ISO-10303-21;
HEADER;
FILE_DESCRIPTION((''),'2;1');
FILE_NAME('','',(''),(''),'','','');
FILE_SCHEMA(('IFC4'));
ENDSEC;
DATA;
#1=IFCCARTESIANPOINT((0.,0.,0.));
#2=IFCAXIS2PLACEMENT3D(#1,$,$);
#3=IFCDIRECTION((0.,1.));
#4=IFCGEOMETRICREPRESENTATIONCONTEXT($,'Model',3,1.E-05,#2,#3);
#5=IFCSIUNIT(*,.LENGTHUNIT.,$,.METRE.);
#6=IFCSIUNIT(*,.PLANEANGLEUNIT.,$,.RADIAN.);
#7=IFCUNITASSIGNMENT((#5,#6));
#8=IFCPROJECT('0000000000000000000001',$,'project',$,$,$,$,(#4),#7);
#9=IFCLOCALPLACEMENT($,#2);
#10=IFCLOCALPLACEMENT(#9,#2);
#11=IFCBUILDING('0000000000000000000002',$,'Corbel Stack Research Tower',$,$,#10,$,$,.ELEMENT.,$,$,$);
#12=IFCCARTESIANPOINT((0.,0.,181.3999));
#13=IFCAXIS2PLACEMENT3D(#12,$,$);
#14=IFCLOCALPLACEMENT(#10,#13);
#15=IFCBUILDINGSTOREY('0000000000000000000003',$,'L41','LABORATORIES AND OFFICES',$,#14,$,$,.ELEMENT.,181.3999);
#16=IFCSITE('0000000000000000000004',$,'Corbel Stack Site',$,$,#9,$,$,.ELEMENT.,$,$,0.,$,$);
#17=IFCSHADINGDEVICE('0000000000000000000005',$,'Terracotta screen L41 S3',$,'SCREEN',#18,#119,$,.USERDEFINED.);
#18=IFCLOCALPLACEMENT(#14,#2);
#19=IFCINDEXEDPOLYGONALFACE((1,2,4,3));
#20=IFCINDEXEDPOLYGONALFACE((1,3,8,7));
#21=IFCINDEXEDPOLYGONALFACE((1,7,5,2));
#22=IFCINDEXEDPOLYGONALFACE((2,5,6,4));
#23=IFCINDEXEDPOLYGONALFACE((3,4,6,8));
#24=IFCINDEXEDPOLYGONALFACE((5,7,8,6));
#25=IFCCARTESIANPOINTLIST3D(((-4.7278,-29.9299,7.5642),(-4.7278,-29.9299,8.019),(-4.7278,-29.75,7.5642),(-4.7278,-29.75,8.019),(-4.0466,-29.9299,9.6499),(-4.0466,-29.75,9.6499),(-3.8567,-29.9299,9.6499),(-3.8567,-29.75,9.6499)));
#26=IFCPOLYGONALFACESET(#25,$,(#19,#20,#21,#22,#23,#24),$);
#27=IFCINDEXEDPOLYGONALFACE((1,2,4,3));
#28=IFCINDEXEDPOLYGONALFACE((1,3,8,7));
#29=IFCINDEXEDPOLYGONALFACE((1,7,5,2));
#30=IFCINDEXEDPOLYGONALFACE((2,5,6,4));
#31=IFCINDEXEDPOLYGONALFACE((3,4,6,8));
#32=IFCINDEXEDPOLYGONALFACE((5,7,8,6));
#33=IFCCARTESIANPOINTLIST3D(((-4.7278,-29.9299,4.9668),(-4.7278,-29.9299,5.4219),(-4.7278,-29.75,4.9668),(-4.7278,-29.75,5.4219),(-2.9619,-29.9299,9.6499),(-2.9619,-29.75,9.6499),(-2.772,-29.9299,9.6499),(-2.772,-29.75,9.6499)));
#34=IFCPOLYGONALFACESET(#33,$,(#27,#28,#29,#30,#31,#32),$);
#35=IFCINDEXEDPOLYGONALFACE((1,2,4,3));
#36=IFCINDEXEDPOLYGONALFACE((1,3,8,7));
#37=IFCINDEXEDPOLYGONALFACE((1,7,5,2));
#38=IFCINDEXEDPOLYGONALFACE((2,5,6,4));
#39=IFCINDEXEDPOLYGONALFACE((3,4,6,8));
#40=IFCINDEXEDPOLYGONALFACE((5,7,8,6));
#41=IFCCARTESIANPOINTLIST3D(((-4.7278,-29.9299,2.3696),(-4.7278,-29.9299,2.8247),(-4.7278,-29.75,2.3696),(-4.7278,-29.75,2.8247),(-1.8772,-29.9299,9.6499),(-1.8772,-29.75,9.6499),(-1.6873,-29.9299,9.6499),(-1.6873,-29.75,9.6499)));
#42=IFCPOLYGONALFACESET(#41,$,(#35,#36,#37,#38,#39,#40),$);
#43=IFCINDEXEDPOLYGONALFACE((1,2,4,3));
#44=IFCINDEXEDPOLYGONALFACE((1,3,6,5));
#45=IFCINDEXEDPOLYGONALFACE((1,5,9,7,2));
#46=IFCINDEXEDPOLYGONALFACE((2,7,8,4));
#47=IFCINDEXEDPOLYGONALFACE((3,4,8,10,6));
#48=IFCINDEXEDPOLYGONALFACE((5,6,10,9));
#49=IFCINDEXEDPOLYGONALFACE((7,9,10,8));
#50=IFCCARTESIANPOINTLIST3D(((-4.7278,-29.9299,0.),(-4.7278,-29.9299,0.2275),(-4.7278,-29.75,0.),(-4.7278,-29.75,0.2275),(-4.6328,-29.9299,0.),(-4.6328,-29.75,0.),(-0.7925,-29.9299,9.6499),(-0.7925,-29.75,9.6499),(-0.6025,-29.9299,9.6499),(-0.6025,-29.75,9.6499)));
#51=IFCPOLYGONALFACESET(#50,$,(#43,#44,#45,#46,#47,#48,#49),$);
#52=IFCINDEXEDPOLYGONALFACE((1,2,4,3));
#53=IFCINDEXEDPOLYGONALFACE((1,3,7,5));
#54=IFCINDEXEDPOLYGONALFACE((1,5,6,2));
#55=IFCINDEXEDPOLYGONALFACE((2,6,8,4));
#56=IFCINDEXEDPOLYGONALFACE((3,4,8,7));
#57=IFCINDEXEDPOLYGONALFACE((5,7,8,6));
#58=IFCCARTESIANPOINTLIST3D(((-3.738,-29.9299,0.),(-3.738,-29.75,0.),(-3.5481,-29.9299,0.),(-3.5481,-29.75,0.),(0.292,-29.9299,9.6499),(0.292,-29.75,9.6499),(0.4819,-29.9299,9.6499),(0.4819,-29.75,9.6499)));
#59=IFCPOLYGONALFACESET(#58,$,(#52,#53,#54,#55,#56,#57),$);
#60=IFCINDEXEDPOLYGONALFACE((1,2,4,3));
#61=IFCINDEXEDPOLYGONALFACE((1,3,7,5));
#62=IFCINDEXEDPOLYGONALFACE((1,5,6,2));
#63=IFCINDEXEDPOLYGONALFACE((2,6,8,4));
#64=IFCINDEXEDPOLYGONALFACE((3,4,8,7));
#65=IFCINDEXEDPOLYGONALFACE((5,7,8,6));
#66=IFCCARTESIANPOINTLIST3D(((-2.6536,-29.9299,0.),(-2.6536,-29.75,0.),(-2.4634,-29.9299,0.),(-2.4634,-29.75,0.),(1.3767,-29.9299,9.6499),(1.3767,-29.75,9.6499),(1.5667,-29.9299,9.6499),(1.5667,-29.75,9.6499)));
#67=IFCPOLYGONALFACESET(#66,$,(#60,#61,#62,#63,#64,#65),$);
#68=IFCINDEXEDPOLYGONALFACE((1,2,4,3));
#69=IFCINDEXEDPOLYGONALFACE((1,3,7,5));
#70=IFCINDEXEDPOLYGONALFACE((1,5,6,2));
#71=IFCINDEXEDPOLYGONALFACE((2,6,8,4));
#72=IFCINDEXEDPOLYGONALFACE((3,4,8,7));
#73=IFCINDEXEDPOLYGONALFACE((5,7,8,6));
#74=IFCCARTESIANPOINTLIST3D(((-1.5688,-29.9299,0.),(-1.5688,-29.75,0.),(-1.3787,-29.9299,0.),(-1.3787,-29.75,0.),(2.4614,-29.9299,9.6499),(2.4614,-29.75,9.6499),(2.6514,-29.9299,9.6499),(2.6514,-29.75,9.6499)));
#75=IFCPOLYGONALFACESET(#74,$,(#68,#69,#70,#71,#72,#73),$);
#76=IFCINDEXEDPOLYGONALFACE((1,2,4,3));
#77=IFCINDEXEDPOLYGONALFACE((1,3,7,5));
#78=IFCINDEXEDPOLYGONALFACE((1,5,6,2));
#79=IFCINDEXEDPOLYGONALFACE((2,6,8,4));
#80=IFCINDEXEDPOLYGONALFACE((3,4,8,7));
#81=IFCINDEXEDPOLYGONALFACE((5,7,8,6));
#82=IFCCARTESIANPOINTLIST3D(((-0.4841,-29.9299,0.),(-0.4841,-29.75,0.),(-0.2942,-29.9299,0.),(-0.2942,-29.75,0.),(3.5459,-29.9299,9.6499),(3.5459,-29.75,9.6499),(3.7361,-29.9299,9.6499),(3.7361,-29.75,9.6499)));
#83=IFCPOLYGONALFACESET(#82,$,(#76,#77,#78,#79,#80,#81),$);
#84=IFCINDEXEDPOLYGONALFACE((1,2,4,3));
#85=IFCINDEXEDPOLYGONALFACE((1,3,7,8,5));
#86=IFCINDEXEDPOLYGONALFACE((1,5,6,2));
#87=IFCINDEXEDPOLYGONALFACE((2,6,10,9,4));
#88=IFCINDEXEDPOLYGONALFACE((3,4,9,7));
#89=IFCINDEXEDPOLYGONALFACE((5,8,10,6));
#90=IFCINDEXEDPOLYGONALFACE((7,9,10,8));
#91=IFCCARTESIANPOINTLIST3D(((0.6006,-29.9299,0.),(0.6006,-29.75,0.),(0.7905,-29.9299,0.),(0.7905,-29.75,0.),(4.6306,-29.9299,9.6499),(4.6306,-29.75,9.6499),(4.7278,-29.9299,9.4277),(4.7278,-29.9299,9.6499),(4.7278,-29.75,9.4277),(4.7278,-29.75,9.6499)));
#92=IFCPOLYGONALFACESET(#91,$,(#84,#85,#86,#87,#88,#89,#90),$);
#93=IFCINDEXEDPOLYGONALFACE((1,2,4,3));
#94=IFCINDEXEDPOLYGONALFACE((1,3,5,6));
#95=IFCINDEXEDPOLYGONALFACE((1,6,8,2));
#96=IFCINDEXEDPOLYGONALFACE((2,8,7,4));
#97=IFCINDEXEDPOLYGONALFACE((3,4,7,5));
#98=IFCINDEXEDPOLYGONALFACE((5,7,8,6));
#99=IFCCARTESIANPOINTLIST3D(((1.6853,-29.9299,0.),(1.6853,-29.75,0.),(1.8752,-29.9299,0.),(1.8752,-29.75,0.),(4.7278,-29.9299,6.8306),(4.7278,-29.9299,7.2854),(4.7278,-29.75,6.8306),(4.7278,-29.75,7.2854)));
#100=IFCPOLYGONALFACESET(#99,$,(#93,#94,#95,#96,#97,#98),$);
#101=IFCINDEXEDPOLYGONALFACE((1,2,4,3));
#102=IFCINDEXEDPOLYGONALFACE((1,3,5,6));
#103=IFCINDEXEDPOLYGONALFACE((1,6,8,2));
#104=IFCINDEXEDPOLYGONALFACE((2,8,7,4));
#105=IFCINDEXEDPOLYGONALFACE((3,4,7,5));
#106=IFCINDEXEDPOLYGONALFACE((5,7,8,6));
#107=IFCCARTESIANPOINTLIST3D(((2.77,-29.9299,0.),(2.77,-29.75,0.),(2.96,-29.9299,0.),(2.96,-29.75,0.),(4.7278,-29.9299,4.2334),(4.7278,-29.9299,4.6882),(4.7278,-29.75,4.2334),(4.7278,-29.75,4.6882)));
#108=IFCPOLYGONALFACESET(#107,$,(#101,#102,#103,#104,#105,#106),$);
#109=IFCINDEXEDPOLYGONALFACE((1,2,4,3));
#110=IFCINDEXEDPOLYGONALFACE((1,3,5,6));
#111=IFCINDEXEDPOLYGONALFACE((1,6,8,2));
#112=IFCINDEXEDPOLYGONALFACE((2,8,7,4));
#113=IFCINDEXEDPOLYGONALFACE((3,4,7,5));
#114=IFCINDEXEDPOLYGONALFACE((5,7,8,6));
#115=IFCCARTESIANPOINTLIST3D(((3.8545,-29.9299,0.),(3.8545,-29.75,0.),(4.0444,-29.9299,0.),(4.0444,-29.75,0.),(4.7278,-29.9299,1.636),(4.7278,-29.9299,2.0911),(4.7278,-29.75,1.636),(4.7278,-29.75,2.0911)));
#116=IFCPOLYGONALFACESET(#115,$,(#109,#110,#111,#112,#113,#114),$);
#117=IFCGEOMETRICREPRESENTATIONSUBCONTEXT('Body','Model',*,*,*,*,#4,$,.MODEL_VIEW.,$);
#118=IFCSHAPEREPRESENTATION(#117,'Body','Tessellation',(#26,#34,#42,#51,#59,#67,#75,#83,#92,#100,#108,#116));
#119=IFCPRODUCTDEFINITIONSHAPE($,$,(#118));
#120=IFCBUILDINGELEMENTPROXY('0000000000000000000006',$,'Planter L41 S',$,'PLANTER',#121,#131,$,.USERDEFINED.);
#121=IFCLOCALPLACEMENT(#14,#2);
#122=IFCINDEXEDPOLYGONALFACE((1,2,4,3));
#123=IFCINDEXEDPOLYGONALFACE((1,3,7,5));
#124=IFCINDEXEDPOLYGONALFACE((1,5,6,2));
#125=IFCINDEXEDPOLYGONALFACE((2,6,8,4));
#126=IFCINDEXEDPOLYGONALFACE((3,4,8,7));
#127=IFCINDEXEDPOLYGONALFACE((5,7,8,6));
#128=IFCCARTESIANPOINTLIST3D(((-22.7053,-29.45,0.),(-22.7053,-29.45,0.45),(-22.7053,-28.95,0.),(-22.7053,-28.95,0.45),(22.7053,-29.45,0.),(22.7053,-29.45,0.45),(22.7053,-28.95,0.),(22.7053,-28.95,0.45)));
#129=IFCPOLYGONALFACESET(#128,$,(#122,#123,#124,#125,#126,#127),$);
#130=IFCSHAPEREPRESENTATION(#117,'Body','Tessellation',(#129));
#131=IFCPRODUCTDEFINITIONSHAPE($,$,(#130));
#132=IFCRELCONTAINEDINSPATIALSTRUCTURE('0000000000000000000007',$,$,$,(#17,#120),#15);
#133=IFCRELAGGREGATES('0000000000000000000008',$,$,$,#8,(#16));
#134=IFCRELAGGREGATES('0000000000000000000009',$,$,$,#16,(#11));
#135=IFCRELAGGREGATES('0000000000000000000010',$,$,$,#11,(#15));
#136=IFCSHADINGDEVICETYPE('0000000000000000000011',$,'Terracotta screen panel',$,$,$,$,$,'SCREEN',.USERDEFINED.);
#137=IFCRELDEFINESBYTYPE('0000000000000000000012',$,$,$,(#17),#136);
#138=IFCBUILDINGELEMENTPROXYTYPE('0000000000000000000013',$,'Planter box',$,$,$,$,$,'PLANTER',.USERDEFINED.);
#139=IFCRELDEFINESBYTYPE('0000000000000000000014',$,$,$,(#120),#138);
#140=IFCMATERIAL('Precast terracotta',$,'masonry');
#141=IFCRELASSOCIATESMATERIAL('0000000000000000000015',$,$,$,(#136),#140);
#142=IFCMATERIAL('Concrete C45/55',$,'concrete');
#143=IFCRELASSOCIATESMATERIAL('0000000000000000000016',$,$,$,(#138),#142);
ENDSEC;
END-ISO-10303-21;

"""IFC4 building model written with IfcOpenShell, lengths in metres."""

from ifc_helpers import new_model, si_unit, direction, frame, origin, origin_2d, place, context, subcontext, project, spatial, polyline, rectangle, outline, extrude, source, transform, mapped, material, type_object, element, save


model = new_model("IFC4")

# Units and contexts
model_context = context("Model", 3, precision=1e-05, world=origin(), true_north=direction((0.0, 1.0)))
body_context = subcontext(model_context, "Body", "Model", "MODEL_VIEW")
ifc_project = project(units=[si_unit("LENGTHUNIT", "METRE"), si_unit("PLANEANGLEUNIT", "RADIAN")], contexts=[model_context])

# Site, building, storey
site_placement = place(None, origin())
site = spatial("IfcSite", under=ifc_project, at=site_placement, Name="Corbel Stack Site", CompositionType="ELEMENT", RefElevation=0.0)
building_placement = place(site_placement, origin())
building = spatial("IfcBuilding", under=site, at=building_placement, Name="Corbel Stack Research Tower", CompositionType="ELEMENT")
storey_placement = place(building_placement, frame((0.0, 0.0, 181.3999)))
storey = spatial("IfcBuildingStorey", under=building, at=storey_placement, Name="L41", Description="LABORATORIES AND OFFICES", CompositionType="ELEMENT", Elevation=181.3999)

# Shading device
ifc_material_1 = material(Name="Precast terracotta", Category="masonry")
shading_device_type = type_object("IfcShadingDeviceType", Name="Terracotta screen panel", ElementType="SCREEN", PredefinedType="USERDEFINED", material=ifc_material_1)
shared_shape = source(origin(), body_context, "Body", "SweptSolid", [
    extrude(outline(polyline([(0.8711, 9.6499), (0.6812, 9.6499), (0.0, 8.019), (0.0, 7.5642), (0.8711, 9.6499)])), frame((0.0, 0.0, 0.0), z_axis=(0.0, -1.0, 0.0), x_axis=(1.0, 0.0, 0.0)), (0.0, 0.0, 1.0), 0.1799),
    extrude(outline(polyline([(1.9558, 9.6499), (1.7659, 9.6499), (0.0, 5.4219), (0.0, 4.9668), (1.9558, 9.6499)])), frame((0.0, 0.0, 0.0), z_axis=(0.0, -1.0, 0.0), x_axis=(1.0, 0.0, 0.0)), (0.0, 0.0, 1.0), 0.1799),
    extrude(outline(polyline([(3.0405, 9.6499), (2.8506, 9.6499), (0.0, 2.8247), (0.0, 2.3696), (3.0405, 9.6499)])), frame((0.0, 0.0, 0.0), z_axis=(0.0, -1.0, 0.0), x_axis=(1.0, 0.0, 0.0)), (0.0, 0.0, 1.0), 0.1799),
    extrude(outline(polyline([(0.095, 0.0), (4.1252, 9.6499), (3.9353, 9.6499), (0.0, 0.2275), (0.0, 0.0), (0.095, 0.0)])), frame((0.0, 0.0, 0.0), z_axis=(0.0, -1.0, 0.0), x_axis=(1.0, 0.0, 0.0)), (0.0, 0.0, 1.0), 0.1799),
    extrude(outline(polyline([(1.1797, 0.0), (5.2097, 9.6499), (5.0198, 9.6499), (0.9897, 0.0), (1.1797, 0.0)])), frame((0.0, 0.0, 0.0), z_axis=(0.0, -1.0, 0.0), x_axis=(1.0, 0.0, 0.0)), (0.0, 0.0, 1.0), 0.1799),
    extrude(outline(polyline([(2.2644, 0.0), (6.2944, 9.6499), (6.1045, 9.6499), (2.0742, 0.0), (2.2644, 0.0)])), frame((0.0, 0.0, 0.0), z_axis=(0.0, -1.0, 0.0), x_axis=(1.0, 0.0, 0.0)), (0.0, 0.0, 1.0), 0.1799),
    extrude(outline(polyline([(3.3491, 0.0), (7.3792, 9.6499), (7.1892, 9.6499), (3.1589, 0.0), (3.3491, 0.0)])), frame((0.0, 0.0, 0.0), z_axis=(0.0, -1.0, 0.0), x_axis=(1.0, 0.0, 0.0)), (0.0, 0.0, 1.0), 0.1799),
    extrude(outline(polyline([(4.4336, 0.0), (8.4639, 9.6499), (8.2737, 9.6499), (4.2437, 0.0), (4.4336, 0.0)])), frame((0.0, 0.0, 0.0), z_axis=(0.0, -1.0, 0.0), x_axis=(1.0, 0.0, 0.0)), (0.0, 0.0, 1.0), 0.1799),
    extrude(outline(polyline([(5.5183, 0.0), (9.4556, 9.4277), (9.4556, 9.6499), (9.3584, 9.6499), (5.3284, 0.0), (5.5183, 0.0)])), frame((0.0, 0.0, 0.0), z_axis=(0.0, -1.0, 0.0), x_axis=(1.0, 0.0, 0.0)), (0.0, 0.0, 1.0), 0.1799),
    extrude(outline(polyline([(6.603, 0.0), (9.4556, 6.8306), (9.4556, 7.2854), (6.4131, 0.0), (6.603, 0.0)])), frame((0.0, 0.0, 0.0), z_axis=(0.0, -1.0, 0.0), x_axis=(1.0, 0.0, 0.0)), (0.0, 0.0, 1.0), 0.1799),
    extrude(outline(polyline([(7.6877, 0.0), (9.4556, 4.2334), (9.4556, 4.6882), (7.4978, 0.0), (7.6877, 0.0)])), frame((0.0, 0.0, 0.0), z_axis=(0.0, -1.0, 0.0), x_axis=(1.0, 0.0, 0.0)), (0.0, 0.0, 1.0), 0.1799),
    extrude(outline(polyline([(8.7722, 0.0), (9.4556, 1.636), (9.4556, 2.0911), (8.5823, 0.0), (8.7722, 0.0)])), frame((0.0, 0.0, 0.0), z_axis=(0.0, -1.0, 0.0), x_axis=(1.0, 0.0, 0.0)), (0.0, 0.0, 1.0), 0.1799),
])
shading_device_placement = place(storey_placement, frame((-4.7278, -29.75, 0.0), z_axis=(0.0, 0.0, 1.0), x_axis=(1.0, 0.0, 0.0)))
element("IfcShadingDevice", 1, at=shading_device_placement, inside=storey, type_object=shading_device_type, Name="Terracotta screen L41 S3", ObjectType="SCREEN", PredefinedType="USERDEFINED", context=body_context, shape_type="MappedRepresentation", body=[
    mapped(shared_shape, transform((0.0, 0.0, 0.0))),
])

# Building element proxy
ifc_material_2 = material(Name="Concrete C45/55", Category="concrete")
building_element_proxy_type = type_object("IfcBuildingElementProxyType", Name="Planter box", ElementType="PLANTER", PredefinedType="USERDEFINED", material=ifc_material_2)
proxy_placement = place(storey_placement, frame((0.0, -29.2, 0.0), z_axis=(0.0, 0.0, 1.0), x_axis=(1.0, 0.0, 0.0)))
element("IfcBuildingElementProxy", 2, at=proxy_placement, inside=storey, type_object=building_element_proxy_type, Name="Planter L41 S", ObjectType="PLANTER", PredefinedType="USERDEFINED", context=body_context, shape_type="SweptSolid", body=[
    extrude(rectangle(XDim=45.4106, YDim=0.5, at=origin_2d()), origin(), (0.0, 0.0, 1.0), 0.45),
])

save(model, "model.ifc")
